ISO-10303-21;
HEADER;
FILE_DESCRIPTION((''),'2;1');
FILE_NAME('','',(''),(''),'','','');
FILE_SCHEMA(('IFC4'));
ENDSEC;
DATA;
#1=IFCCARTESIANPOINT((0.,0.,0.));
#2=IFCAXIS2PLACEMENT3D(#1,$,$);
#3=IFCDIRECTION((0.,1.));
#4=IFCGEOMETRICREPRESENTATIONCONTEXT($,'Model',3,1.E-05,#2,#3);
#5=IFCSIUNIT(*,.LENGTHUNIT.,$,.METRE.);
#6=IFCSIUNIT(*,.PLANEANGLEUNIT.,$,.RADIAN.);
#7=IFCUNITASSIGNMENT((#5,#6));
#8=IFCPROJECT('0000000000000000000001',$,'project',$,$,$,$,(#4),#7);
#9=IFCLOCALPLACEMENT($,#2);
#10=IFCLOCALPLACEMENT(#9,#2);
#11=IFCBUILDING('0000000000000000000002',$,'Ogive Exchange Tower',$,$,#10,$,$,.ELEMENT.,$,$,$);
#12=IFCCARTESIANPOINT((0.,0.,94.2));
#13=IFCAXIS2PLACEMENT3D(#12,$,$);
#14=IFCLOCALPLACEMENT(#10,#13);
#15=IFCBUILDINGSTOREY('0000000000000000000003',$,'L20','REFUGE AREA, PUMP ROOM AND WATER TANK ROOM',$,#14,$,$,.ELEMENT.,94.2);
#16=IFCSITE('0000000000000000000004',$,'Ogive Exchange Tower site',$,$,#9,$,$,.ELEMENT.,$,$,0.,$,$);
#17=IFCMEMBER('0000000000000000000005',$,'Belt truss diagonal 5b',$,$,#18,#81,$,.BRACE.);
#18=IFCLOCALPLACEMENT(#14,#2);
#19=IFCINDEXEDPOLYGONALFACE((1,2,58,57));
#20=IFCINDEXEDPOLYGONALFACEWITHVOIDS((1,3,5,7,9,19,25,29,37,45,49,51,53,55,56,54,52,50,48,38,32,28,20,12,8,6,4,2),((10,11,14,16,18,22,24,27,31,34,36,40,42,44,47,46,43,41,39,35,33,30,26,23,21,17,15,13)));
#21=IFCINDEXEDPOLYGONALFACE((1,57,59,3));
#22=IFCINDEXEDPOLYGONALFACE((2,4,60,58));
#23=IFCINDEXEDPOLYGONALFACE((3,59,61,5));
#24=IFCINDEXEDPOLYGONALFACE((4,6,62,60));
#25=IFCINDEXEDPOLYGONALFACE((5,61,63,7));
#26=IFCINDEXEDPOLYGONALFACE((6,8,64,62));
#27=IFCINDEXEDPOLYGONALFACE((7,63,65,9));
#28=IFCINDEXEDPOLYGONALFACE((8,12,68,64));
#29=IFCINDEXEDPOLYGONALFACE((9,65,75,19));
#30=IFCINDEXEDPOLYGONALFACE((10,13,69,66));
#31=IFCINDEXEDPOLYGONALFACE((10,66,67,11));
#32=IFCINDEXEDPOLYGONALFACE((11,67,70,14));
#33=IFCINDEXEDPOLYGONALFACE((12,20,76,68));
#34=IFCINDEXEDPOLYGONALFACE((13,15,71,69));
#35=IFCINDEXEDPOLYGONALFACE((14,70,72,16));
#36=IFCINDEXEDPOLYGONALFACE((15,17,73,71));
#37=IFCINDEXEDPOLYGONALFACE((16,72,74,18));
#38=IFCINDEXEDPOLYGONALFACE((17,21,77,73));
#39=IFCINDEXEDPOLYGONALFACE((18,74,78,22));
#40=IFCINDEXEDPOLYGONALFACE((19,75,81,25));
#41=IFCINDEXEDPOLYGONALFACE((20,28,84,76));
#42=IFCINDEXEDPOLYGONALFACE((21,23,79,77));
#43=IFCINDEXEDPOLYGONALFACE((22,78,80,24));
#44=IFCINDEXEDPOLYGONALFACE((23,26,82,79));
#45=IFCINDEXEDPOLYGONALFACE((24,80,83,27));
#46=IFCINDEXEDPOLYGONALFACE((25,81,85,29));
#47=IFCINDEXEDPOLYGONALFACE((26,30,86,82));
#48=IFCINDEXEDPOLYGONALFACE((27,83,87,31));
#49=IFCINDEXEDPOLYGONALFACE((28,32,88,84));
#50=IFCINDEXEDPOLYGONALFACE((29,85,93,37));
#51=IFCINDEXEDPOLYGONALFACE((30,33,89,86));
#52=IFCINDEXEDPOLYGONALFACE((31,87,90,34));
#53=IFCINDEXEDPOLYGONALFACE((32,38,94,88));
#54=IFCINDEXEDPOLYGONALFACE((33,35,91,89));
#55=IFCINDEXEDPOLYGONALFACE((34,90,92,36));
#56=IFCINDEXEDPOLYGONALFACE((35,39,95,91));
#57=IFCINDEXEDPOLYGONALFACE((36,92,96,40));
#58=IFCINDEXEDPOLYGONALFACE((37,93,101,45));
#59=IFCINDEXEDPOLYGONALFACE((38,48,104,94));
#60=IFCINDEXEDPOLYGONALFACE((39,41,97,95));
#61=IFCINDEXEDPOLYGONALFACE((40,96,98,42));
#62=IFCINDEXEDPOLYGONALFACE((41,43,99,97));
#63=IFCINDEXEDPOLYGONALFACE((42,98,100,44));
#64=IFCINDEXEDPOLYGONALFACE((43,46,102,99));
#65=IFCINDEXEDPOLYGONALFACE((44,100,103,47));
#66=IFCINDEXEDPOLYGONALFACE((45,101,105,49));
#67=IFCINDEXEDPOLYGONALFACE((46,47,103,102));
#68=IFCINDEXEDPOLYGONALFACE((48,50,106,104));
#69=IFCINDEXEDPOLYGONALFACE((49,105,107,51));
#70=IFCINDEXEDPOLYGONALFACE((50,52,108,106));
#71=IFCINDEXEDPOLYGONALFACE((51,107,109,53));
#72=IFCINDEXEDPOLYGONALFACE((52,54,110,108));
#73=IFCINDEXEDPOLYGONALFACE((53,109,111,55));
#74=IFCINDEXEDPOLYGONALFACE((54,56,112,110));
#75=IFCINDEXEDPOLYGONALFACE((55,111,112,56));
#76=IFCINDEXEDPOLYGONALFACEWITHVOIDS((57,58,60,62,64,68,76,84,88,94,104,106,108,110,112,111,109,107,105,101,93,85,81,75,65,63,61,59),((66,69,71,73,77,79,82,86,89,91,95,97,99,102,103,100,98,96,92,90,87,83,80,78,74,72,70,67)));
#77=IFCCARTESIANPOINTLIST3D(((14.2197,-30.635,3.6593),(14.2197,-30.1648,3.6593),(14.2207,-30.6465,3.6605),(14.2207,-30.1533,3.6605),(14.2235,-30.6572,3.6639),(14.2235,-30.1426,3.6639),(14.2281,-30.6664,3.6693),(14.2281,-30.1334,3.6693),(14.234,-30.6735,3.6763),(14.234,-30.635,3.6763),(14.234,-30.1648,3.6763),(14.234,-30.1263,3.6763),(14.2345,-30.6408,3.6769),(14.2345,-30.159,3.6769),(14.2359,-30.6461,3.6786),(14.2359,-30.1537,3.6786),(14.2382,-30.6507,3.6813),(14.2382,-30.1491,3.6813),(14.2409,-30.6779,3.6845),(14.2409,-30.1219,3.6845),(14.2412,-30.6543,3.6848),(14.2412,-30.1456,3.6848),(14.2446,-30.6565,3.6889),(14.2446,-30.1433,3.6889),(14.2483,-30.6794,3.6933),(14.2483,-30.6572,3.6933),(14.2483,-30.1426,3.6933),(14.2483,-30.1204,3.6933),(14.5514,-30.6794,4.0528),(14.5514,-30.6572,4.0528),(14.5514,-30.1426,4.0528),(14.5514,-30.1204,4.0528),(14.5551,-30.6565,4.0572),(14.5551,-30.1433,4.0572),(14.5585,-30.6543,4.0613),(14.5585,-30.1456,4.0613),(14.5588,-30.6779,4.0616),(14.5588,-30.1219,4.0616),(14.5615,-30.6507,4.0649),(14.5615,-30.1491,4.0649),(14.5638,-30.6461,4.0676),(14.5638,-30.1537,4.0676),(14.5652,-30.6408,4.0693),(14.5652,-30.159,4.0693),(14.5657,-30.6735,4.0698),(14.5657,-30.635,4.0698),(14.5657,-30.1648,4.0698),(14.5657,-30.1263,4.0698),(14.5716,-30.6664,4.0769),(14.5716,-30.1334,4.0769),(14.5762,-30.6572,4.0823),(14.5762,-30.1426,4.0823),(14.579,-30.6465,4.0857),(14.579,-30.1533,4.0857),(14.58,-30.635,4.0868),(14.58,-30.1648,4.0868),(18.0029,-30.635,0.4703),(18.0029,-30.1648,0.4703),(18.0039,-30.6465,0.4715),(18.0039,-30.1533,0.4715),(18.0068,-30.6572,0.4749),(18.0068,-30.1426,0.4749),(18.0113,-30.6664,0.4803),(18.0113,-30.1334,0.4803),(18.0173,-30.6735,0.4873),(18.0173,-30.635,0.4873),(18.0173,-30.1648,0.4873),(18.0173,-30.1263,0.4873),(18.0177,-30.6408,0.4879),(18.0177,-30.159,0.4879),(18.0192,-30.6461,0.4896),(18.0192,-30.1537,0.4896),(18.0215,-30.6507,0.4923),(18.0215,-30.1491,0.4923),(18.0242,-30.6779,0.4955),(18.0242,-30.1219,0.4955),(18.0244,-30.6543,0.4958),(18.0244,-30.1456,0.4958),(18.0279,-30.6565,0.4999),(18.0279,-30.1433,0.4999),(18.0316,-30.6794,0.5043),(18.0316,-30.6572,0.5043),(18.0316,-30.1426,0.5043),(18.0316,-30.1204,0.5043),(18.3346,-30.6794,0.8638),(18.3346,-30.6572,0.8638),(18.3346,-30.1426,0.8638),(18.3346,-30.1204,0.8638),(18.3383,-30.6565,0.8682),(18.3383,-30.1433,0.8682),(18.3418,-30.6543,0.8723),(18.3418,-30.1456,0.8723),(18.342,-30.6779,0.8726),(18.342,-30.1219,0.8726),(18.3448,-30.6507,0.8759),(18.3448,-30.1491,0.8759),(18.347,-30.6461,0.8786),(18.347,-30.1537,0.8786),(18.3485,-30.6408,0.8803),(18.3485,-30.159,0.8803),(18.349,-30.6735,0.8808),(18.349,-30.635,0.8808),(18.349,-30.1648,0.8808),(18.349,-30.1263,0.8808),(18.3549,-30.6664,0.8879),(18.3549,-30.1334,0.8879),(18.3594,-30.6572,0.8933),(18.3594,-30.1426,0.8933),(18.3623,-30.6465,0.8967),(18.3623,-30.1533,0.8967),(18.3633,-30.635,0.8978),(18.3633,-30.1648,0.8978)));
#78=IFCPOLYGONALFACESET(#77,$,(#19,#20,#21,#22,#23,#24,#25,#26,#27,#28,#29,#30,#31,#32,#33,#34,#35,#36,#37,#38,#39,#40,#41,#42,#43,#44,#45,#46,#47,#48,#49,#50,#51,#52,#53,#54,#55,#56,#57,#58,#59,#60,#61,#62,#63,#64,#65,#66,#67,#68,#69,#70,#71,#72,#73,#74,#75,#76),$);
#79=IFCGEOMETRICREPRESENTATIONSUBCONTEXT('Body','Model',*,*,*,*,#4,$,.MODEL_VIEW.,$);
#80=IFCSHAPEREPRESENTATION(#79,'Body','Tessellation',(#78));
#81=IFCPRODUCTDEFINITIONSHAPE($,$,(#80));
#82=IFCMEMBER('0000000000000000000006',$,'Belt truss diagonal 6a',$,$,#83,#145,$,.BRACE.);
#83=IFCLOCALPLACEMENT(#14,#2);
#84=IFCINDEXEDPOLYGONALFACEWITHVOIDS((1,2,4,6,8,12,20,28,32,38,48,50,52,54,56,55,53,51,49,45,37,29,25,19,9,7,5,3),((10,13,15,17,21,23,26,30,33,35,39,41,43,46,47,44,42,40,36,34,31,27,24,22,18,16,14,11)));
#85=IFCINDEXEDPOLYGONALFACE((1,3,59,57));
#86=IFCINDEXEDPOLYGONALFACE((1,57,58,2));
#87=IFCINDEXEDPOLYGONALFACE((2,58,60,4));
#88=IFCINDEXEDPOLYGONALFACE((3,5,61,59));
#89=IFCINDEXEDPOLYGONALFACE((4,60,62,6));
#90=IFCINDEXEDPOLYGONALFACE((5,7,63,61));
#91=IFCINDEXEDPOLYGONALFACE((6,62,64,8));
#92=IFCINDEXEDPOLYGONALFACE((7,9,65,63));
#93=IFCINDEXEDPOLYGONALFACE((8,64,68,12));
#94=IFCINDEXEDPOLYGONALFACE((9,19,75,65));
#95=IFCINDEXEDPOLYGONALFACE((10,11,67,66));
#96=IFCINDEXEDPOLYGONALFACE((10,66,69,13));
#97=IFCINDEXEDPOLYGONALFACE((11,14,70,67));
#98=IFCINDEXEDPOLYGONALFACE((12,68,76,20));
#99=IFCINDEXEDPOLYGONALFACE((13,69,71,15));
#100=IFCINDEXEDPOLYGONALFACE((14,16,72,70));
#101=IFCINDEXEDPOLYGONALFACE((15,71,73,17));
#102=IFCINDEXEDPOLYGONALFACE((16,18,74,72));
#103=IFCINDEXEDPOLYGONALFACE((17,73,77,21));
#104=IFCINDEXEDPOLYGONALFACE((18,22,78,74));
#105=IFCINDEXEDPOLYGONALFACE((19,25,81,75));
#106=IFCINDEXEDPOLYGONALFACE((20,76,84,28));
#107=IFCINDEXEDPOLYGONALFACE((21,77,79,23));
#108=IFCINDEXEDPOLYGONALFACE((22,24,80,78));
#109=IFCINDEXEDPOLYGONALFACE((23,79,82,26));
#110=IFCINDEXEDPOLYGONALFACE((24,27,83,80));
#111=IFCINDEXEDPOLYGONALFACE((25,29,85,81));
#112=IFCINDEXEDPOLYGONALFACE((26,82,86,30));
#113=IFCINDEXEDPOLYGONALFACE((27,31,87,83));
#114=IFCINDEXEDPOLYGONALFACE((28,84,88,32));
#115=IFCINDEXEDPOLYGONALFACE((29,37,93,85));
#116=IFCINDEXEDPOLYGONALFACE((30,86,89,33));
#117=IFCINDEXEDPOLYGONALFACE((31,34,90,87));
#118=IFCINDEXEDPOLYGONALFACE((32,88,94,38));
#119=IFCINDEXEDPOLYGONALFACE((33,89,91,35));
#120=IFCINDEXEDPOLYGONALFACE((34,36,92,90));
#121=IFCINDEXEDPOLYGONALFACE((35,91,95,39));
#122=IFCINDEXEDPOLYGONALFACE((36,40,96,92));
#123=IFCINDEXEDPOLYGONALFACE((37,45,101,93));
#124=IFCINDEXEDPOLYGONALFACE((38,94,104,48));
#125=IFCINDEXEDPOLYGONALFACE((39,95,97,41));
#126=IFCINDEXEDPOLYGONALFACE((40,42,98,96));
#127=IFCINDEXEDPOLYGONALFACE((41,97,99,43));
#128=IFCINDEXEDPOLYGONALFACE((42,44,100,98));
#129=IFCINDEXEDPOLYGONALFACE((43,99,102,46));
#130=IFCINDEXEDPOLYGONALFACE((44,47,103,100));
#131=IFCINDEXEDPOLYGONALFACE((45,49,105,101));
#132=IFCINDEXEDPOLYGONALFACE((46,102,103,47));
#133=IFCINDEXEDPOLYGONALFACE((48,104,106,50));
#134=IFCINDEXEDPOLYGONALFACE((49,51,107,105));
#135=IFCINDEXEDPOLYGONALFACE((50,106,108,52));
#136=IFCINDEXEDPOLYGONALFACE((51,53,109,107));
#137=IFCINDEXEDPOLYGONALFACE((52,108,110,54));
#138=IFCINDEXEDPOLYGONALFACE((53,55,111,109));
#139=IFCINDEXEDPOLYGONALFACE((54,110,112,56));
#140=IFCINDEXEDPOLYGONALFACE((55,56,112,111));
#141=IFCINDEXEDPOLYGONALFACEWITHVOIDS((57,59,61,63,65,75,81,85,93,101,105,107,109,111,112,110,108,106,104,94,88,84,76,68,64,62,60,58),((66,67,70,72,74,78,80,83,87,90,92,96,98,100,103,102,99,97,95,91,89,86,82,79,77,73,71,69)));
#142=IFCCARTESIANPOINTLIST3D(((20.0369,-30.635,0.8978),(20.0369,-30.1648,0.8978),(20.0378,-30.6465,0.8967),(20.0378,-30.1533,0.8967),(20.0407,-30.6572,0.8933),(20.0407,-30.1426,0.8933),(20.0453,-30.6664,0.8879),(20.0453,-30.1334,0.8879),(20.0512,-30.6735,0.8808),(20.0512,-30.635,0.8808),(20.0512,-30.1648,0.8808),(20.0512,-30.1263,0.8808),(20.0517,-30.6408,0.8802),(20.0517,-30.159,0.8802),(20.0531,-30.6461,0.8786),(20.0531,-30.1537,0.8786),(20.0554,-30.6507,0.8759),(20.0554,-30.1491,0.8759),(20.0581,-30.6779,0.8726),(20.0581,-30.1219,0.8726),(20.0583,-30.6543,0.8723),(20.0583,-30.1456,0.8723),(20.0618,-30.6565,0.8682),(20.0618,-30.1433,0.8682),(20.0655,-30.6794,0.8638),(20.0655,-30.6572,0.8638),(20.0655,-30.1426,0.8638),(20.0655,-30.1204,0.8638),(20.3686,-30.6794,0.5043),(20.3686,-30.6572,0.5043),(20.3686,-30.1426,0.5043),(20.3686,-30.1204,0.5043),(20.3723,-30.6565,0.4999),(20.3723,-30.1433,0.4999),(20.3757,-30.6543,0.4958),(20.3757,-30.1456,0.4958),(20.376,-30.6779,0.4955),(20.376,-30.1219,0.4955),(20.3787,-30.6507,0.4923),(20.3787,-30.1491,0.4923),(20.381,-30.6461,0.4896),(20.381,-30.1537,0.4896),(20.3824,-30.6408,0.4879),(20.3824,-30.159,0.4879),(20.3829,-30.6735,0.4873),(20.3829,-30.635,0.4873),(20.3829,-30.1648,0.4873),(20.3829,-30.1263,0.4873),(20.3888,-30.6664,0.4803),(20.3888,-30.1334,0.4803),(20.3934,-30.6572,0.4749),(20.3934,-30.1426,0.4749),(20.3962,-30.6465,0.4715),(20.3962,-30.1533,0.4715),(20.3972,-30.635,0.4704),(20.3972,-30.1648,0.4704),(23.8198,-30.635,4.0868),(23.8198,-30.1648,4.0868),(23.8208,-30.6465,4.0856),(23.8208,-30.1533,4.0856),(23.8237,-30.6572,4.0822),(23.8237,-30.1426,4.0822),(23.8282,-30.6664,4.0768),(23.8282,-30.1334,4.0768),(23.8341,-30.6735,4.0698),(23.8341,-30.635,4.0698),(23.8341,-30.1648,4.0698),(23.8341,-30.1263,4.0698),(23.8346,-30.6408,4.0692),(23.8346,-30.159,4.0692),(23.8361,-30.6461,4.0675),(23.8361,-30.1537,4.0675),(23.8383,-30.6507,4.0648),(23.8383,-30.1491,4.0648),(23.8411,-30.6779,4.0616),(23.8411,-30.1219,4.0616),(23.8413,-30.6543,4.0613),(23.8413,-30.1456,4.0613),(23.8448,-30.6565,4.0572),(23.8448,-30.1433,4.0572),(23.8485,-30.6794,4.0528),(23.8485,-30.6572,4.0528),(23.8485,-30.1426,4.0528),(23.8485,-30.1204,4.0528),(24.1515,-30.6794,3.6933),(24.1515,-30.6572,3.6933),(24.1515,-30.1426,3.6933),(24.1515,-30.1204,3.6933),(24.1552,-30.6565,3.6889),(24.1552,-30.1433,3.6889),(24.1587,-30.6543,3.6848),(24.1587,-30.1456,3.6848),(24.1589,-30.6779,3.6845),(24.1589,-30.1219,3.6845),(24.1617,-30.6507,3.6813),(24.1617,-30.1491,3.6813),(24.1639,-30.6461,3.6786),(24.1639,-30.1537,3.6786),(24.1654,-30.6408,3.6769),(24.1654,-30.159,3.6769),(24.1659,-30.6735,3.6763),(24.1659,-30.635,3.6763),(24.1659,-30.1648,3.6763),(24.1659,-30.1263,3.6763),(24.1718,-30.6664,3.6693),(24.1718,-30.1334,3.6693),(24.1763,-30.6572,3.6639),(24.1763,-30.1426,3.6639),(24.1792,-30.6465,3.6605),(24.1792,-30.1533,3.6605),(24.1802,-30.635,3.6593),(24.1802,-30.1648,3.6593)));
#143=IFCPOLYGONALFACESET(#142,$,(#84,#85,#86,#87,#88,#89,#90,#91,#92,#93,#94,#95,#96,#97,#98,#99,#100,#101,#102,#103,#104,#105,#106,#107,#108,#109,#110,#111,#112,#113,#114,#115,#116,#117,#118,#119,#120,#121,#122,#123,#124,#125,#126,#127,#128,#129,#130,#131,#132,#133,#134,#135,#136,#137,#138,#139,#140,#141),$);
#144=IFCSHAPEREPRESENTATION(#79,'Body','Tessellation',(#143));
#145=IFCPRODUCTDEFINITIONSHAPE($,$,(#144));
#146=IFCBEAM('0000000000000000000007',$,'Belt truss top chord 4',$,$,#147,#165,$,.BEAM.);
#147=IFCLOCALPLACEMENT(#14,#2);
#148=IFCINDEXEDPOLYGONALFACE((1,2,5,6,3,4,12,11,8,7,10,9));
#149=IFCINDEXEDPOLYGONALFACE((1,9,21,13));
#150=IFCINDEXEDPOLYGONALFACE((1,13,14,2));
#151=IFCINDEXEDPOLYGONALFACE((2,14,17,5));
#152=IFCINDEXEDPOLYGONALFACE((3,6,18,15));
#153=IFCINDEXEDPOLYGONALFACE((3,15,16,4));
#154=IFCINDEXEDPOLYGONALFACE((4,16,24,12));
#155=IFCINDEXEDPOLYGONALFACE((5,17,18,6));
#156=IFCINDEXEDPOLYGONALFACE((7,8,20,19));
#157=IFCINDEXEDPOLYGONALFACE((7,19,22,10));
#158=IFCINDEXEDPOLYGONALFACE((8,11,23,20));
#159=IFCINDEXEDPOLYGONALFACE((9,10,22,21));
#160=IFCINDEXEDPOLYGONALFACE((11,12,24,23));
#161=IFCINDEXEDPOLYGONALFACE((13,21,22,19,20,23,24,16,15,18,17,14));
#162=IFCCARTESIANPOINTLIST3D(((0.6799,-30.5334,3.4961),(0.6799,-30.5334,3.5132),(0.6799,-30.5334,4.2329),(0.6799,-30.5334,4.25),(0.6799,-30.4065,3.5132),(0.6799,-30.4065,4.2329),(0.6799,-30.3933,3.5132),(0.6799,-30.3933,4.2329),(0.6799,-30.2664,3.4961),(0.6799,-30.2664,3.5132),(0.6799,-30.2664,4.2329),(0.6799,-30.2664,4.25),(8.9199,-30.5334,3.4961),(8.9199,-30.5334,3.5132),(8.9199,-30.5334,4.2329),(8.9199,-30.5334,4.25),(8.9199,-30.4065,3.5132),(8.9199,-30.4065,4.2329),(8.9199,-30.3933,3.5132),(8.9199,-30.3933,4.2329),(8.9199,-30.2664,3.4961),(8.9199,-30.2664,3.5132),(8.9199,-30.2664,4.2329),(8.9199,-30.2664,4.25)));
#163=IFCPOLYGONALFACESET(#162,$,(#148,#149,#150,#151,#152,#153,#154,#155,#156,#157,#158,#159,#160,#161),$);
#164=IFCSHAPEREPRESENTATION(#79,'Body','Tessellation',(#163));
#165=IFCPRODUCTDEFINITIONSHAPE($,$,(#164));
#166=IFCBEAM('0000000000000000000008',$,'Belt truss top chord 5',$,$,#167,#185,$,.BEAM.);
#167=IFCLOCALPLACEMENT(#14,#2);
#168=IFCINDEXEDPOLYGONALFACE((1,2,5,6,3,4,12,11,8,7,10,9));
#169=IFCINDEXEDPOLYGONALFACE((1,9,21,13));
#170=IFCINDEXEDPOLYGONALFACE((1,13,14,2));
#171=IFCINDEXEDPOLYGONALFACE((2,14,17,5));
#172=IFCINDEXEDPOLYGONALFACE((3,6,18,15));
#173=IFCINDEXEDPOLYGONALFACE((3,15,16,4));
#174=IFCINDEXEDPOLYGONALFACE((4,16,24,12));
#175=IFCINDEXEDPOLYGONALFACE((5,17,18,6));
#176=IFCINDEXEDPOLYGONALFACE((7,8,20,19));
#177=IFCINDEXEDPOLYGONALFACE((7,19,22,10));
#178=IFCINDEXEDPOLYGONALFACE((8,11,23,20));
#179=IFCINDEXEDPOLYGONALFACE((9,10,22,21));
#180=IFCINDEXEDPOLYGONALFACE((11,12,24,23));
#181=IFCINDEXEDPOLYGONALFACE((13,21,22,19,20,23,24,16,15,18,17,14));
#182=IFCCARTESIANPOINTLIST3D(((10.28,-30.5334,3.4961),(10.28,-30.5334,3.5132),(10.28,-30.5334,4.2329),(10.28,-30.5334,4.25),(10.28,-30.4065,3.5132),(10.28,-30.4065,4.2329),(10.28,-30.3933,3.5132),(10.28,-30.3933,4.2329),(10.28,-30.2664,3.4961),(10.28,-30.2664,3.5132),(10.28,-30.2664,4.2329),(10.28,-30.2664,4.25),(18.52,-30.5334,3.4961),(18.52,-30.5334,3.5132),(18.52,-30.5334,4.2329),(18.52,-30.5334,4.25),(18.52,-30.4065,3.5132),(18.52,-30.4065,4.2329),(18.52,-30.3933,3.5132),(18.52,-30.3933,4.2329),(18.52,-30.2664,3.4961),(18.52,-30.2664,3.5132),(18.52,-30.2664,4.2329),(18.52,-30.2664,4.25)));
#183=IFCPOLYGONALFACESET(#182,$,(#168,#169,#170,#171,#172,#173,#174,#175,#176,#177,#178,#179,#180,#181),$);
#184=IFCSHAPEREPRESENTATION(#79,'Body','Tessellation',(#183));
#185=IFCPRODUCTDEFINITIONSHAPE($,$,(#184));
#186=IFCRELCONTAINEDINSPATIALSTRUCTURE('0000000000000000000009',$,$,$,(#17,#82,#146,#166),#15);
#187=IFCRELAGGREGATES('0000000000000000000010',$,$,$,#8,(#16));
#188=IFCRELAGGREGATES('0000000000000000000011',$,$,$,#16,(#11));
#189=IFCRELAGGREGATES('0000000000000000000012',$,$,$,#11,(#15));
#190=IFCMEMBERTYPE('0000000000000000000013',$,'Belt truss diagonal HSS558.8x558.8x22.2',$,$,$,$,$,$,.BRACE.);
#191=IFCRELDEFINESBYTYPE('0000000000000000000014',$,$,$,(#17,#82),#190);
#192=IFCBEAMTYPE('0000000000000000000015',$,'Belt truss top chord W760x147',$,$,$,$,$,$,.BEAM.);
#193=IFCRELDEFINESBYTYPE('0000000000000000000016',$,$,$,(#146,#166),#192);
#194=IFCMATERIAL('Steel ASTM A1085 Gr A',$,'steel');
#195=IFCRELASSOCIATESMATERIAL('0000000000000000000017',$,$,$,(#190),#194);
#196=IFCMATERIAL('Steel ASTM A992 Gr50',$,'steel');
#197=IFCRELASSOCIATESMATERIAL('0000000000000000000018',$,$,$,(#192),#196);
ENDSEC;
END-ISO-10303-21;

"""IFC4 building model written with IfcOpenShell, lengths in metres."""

from ifc_helpers import new_model, si_unit, direction, frame, origin, origin_2d, place, context, subcontext, project, spatial, hollow_rectangle, i_section, extrude, material, material_profile, profile_set, type_object, element, save


model = new_model("IFC4")

# Units and contexts
model_context = context("Model", 3, precision=1e-05, world=origin(), true_north=direction((0.0, 1.0)))
body_context = subcontext(model_context, "Body", "Model", "MODEL_VIEW")
ifc_project = project(units=[si_unit("LENGTHUNIT", "METRE"), si_unit("PLANEANGLEUNIT", "RADIAN")], contexts=[model_context])

# Site, building, storey
site_placement = place(None, origin())
site = spatial("IfcSite", under=ifc_project, at=site_placement, Name="Ogive Exchange Tower site", CompositionType="ELEMENT", RefElevation=0.0)
building_placement = place(site_placement, origin())
building = spatial("IfcBuilding", under=site, at=building_placement, Name="Ogive Exchange Tower", CompositionType="ELEMENT")
storey_placement = place(building_placement, frame((0.0, 0.0, 94.2)))
storey = spatial("IfcBuildingStorey", under=building, at=storey_placement, Name="L20", Description="REFUGE AREA, PUMP ROOM AND WATER TANK ROOM", CompositionType="ELEMENT", Elevation=94.2)

# Shared definitions
ifc_material_1 = material(Name="Steel ASTM A992 Gr50", Category="steel")

# Members
ifc_material_2 = material(Name="Steel ASTM A1085 Gr A", Category="steel")
ifc_material_profile_1 = material_profile(ifc_material_2, hollow_rectangle(XDim=0.5591, YDim=0.5591, WallThickness=0.0222, InnerFilletRadius=0.0222, OuterFilletRadius=0.0444, at=origin_2d()), Name="HSS558.8x558.8x22.2")
ifc_profile_set_1 = profile_set([ifc_material_profile_1], Name="Steel ASTM A1085 Gr A")
member_type_1 = type_object("IfcMemberType", Name="Belt truss diagonal HSS558.8x558.8x22.2", PredefinedType="BRACE", material=ifc_profile_set_1)
member_1_placement = place(storey_placement, frame((18.1831, -30.3999, 0.6841), z_axis=(-0.764601, 0.0, 0.644503), x_axis=(0.0, -1.0, 0.0)))
element("IfcMember", 1, at=member_1_placement, inside=storey, type_object=member_type_1, Name="Belt truss diagonal 5b", PredefinedType="BRACE", context=body_context, shape_type="SweptSolid", body=[
    extrude(hollow_rectangle(XDim=0.5591, YDim=0.5591, WallThickness=0.0222, InnerFilletRadius=0.0222, OuterFilletRadius=0.0444, at=origin_2d()), origin(), (0.0, 0.0, 1.0), 4.948),
])
member_2_placement = place(storey_placement, frame((20.217, -30.3999, 0.6841), z_axis=(0.764581, 0.0, 0.644528), x_axis=(0.0, 1.0, 0.0)))
element("IfcMember", 2, at=member_2_placement, inside=storey, type_object=member_type_1, Name="Belt truss diagonal 6a", PredefinedType="BRACE", context=body_context, shape_type="SweptSolid", body=[
    extrude(hollow_rectangle(XDim=0.5591, YDim=0.5591, WallThickness=0.0222, InnerFilletRadius=0.0222, OuterFilletRadius=0.0444, at=origin_2d()), origin(), (0.0, 0.0, 1.0), 4.9478),
])

# Beams
ifc_material_profile_2 = material_profile(ifc_material_1, i_section(OverallWidth=0.2671, OverallDepth=0.7539, WebThickness=0.0132, FlangeThickness=0.0171, at=origin_2d()), Name="W760x147")
ifc_profile_set_2 = profile_set([ifc_material_profile_2], Name="Steel ASTM A992 Gr50")
beam_type_1 = type_object("IfcBeamType", Name="Belt truss top chord W760x147", PredefinedType="BEAM", material=ifc_profile_set_2)
for number, where, z_axis, x_axis, name in (
    (3, (0.6799, -30.3999, 3.873), (1.0, 0.0, 0.0), (0.0, 1.0, 0.0), "Belt truss top chord 4"),
    (4, (10.28, -30.3999, 3.873), (1.0, 0.0, 0.0), (0.0, 1.0, 0.0), "Belt truss top chord 5"),
):
    element("IfcBeam", number, at=place(storey_placement, frame(where, z_axis=z_axis, x_axis=x_axis)), inside=storey, type_object=beam_type_1, Name=name, PredefinedType="BEAM", context=body_context, shape_type="SweptSolid", body=[
        extrude(i_section(OverallWidth=0.2671, OverallDepth=0.7539, WebThickness=0.0132, FlangeThickness=0.0171, at=origin_2d()), origin(), (0.0, 0.0, 1.0), 8.24),
    ])

save(model, "model.ifc")
